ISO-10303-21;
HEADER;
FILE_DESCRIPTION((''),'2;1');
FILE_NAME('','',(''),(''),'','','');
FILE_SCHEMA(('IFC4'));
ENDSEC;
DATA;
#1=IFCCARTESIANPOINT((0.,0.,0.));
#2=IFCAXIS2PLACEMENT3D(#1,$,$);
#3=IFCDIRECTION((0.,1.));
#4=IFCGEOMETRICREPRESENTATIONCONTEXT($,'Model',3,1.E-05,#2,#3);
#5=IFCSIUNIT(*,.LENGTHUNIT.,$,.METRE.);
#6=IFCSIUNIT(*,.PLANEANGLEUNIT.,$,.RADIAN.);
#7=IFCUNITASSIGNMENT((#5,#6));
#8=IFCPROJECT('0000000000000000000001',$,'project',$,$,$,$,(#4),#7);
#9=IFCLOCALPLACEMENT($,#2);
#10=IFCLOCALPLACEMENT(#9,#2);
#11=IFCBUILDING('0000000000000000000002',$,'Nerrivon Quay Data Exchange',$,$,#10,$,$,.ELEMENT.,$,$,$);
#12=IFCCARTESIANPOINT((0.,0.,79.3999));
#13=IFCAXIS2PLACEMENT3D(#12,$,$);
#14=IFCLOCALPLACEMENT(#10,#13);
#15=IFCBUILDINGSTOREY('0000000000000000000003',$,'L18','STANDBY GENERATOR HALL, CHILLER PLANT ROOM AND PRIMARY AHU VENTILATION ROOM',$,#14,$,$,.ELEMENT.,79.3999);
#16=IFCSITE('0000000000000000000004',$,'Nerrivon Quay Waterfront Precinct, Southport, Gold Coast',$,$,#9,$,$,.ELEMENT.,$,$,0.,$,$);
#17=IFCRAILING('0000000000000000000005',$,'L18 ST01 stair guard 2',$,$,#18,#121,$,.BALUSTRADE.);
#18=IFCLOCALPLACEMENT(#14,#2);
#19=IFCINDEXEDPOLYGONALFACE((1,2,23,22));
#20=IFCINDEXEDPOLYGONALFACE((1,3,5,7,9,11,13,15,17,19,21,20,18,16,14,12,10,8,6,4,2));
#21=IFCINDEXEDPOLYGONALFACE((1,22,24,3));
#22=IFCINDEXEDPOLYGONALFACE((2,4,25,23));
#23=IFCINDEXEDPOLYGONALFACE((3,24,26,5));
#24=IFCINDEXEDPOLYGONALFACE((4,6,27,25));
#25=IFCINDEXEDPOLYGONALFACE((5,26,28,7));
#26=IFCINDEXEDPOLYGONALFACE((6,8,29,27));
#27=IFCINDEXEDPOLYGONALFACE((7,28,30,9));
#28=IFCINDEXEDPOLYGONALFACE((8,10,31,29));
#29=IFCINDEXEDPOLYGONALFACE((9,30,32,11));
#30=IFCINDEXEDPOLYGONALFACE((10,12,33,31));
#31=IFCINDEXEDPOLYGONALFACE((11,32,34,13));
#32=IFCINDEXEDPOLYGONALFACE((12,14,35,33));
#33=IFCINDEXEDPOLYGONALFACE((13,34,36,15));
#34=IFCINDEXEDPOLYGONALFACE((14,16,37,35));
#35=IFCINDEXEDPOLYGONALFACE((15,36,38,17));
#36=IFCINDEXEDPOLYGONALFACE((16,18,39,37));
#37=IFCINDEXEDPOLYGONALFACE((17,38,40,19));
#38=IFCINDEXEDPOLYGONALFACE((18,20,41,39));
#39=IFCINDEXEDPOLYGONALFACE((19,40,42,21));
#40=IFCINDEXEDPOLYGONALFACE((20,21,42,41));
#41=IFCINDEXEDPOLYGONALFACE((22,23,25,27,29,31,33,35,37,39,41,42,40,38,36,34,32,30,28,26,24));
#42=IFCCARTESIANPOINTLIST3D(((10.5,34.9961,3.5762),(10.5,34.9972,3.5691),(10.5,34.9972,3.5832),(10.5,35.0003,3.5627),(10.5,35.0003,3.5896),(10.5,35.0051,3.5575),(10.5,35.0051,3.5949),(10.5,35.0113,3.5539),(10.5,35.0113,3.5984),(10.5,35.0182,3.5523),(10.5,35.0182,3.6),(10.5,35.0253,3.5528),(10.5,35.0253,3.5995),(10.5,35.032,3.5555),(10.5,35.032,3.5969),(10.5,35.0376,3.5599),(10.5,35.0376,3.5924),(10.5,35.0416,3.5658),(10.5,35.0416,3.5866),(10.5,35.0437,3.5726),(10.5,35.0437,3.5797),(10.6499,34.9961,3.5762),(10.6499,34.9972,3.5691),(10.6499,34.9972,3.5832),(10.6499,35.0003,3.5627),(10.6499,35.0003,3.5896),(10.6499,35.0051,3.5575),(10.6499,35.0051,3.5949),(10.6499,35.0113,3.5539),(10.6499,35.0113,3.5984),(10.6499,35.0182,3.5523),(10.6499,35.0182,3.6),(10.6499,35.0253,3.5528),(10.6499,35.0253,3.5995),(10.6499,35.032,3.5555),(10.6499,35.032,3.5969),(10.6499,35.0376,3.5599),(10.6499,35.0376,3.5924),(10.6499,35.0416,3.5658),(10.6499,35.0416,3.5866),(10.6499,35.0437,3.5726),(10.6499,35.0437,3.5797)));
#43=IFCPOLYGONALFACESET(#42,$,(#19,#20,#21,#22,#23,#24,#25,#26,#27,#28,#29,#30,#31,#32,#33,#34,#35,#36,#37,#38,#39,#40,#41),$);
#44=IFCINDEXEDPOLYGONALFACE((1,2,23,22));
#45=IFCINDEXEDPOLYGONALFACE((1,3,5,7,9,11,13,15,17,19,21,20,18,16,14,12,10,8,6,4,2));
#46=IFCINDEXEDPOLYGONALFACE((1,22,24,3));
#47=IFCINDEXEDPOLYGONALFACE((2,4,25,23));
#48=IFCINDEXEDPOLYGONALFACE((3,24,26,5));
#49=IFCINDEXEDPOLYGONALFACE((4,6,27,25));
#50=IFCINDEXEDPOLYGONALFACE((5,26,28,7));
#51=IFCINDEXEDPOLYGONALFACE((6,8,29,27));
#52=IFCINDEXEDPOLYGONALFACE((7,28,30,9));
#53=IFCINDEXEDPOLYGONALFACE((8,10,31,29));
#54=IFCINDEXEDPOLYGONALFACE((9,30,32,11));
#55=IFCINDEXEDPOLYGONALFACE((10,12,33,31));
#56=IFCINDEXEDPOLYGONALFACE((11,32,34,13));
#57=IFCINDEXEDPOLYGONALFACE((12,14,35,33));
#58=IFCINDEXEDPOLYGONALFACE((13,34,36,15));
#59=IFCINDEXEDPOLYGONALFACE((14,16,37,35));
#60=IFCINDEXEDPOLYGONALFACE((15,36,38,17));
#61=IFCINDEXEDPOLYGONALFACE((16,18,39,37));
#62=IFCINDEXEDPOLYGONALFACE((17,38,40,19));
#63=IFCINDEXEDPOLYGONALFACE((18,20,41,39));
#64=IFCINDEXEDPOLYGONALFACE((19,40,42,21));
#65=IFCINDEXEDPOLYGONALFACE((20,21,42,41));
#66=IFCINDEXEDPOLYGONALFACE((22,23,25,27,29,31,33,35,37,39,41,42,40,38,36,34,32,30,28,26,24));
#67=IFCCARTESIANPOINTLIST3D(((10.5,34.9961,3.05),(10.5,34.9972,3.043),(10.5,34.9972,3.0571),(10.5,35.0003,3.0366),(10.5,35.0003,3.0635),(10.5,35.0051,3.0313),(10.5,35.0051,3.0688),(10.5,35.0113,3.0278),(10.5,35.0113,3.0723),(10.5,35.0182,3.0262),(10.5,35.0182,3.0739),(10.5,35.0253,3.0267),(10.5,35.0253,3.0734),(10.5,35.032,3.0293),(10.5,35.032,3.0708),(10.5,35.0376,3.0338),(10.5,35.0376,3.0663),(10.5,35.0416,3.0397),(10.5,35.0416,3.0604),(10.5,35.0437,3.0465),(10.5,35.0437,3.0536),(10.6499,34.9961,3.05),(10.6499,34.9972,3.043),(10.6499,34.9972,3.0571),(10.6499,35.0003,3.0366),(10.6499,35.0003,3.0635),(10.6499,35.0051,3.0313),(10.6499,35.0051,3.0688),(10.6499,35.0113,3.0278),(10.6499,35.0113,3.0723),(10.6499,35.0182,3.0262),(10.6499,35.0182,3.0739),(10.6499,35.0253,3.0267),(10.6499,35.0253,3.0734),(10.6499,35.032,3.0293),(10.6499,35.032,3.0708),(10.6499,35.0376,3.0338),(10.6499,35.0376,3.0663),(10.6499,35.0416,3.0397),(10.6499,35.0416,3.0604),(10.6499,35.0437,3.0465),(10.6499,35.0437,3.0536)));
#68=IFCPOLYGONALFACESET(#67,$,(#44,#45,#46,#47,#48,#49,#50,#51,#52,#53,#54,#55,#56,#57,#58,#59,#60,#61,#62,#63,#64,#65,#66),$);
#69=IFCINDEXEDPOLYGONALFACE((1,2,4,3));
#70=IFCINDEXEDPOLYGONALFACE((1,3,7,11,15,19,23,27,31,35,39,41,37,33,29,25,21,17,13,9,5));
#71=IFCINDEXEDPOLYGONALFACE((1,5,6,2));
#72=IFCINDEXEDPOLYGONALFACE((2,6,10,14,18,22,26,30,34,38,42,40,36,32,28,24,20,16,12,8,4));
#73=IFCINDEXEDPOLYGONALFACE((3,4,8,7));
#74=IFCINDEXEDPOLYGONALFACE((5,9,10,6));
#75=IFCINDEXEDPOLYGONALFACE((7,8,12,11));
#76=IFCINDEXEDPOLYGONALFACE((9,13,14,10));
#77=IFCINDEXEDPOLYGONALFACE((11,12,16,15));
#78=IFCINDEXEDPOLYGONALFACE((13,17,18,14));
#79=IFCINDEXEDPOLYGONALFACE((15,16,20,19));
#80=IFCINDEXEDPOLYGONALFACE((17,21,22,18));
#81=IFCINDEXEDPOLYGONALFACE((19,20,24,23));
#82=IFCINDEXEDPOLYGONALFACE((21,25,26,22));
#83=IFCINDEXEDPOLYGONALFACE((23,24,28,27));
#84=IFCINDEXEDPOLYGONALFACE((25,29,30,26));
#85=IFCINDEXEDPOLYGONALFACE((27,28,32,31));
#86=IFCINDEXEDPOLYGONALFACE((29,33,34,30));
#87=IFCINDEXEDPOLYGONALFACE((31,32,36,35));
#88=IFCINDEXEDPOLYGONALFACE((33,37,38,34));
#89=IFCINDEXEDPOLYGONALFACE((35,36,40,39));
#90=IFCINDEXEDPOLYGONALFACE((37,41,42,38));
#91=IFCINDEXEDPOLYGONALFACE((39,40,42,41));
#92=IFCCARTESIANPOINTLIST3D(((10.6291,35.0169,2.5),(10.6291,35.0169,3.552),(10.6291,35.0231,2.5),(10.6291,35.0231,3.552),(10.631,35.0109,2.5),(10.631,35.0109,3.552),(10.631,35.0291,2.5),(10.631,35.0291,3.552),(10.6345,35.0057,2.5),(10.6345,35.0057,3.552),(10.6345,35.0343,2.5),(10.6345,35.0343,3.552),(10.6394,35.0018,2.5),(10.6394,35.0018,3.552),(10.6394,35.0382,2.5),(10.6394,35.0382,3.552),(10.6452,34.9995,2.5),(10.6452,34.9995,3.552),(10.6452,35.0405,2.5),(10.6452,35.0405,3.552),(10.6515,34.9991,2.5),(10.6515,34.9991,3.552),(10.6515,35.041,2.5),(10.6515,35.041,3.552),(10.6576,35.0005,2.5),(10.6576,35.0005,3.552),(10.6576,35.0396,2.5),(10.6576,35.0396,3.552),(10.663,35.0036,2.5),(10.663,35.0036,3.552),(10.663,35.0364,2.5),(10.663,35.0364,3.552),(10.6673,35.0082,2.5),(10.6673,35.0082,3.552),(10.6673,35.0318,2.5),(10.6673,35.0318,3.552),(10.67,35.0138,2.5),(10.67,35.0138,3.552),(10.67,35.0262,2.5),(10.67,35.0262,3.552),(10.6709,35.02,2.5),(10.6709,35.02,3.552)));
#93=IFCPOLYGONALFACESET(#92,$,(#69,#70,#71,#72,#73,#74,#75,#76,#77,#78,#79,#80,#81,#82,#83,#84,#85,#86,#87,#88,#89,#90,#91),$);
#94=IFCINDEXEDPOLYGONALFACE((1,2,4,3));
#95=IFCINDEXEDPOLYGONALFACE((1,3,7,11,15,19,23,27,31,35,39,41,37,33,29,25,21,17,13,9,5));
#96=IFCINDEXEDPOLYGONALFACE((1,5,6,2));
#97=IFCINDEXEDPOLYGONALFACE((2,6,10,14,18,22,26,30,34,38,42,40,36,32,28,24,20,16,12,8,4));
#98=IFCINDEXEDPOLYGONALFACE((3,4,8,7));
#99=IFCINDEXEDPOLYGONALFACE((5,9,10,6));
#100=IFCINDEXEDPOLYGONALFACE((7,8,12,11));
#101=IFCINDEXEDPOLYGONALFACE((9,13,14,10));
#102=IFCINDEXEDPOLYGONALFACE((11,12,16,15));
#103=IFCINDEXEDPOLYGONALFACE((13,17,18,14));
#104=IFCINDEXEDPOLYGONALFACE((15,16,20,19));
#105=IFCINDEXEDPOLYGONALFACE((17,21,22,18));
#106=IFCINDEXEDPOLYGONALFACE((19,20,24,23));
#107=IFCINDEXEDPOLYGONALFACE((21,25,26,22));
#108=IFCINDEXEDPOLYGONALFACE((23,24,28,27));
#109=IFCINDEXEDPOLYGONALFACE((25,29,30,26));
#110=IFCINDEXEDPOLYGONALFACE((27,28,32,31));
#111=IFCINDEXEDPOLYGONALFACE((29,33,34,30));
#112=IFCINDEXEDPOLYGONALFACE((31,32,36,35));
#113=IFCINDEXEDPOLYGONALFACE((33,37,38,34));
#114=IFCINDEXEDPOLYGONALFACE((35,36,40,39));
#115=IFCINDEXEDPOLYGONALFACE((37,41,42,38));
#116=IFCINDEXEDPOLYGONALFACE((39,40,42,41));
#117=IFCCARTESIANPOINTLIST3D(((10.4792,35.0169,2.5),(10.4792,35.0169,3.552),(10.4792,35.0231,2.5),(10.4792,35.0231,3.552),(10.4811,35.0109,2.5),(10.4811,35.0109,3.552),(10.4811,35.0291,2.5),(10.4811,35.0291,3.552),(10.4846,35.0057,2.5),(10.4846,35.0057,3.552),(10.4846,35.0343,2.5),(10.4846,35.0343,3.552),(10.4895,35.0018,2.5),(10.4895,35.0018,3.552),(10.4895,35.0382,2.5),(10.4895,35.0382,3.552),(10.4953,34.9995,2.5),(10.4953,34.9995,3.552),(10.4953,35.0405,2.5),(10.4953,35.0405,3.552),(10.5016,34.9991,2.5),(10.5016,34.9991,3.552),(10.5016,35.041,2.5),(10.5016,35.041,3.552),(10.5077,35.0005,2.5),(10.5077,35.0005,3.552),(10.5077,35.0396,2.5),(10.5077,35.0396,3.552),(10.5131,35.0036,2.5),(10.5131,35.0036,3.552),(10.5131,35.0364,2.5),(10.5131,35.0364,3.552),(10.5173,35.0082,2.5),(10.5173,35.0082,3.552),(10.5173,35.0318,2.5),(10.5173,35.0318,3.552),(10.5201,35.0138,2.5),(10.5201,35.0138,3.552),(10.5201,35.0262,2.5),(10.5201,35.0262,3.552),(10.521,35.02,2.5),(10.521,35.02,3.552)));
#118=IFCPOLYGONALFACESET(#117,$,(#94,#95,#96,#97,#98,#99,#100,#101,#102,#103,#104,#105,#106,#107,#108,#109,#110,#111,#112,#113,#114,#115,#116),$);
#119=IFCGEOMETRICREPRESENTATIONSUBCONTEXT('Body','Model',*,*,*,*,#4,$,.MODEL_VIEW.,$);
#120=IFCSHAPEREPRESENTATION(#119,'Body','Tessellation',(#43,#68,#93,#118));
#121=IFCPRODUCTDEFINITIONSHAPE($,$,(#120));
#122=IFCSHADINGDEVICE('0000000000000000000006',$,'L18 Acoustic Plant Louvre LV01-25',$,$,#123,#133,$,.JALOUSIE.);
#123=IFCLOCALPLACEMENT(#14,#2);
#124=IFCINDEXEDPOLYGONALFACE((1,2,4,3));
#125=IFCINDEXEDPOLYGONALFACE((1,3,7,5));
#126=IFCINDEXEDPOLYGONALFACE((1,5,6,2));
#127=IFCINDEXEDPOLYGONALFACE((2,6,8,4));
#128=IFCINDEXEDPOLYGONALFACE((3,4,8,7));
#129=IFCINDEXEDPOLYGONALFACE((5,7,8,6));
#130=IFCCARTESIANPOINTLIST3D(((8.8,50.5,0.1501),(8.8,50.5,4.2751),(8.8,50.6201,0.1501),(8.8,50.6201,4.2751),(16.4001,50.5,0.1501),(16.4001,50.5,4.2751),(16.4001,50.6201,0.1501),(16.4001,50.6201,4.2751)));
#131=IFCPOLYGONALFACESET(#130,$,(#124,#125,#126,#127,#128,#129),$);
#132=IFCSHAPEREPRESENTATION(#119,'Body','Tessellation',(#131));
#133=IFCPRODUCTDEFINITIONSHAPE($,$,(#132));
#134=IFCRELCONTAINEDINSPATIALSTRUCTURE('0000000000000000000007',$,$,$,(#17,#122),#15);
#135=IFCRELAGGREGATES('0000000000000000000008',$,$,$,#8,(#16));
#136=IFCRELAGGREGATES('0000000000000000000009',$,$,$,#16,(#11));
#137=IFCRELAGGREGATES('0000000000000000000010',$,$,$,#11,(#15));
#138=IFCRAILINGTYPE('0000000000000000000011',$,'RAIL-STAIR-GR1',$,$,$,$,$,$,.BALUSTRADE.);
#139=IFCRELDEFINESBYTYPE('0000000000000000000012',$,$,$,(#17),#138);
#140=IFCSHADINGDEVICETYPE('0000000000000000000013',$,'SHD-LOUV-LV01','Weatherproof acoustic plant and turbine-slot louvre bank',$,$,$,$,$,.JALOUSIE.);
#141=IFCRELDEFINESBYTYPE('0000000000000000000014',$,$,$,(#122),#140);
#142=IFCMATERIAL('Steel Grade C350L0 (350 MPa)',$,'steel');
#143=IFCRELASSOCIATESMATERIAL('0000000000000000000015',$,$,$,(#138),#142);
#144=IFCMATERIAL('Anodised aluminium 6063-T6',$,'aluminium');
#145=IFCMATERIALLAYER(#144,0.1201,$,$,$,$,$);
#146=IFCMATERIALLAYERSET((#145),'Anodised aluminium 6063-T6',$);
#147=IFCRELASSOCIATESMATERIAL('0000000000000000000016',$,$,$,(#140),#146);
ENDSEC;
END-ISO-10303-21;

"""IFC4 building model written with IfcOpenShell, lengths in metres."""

from ifc_helpers import new_model, si_unit, direction, frame, origin, origin_2d, place, context, subcontext, project, spatial, rectangle, circle, extrude, material, layer, layer_set, type_object, element, save


model = new_model("IFC4")

# Units and contexts
model_context = context("Model", 3, precision=1e-05, world=origin(), true_north=direction((0.0, 1.0)))
body_context = subcontext(model_context, "Body", "Model", "MODEL_VIEW")
ifc_project = project(units=[si_unit("LENGTHUNIT", "METRE"), si_unit("PLANEANGLEUNIT", "RADIAN")], contexts=[model_context])

# Site, building, storey
site_placement = place(None, origin())
site = spatial("IfcSite", under=ifc_project, at=site_placement, Name="Nerrivon Quay Waterfront Precinct, Southport, Gold Coast", CompositionType="ELEMENT", RefElevation=0.0)
building_placement = place(site_placement, origin())
building = spatial("IfcBuilding", under=site, at=building_placement, Name="Nerrivon Quay Data Exchange", CompositionType="ELEMENT")
storey_placement = place(building_placement, frame((0.0, 0.0, 79.3999)))
storey = spatial("IfcBuildingStorey", under=building, at=storey_placement, Name="L18", Description="STANDBY GENERATOR HALL, CHILLER PLANT ROOM AND PRIMARY AHU VENTILATION ROOM", CompositionType="ELEMENT", Elevation=79.3999)

# Shared definitions
ifc_material_1 = material(Name="Steel Grade C350L0 (350 MPa)", Category="steel")

# Railing
railing_type_1 = type_object("IfcRailingType", Name="RAIL-STAIR-GR1", PredefinedType="BALUSTRADE", material=ifc_material_1)
railing_1_placement = place(storey_placement, frame((10.6499, 35.02, 2.5)))
element("IfcRailing", 1, at=railing_1_placement, inside=storey, type_object=railing_type_1, Name="L18 ST01 stair guard 2", PredefinedType="BALUSTRADE", context=body_context, shape_type="SweptSolid", body=[
    extrude(circle(Radius=0.0239, at=origin_2d()), frame((0.0, 0.0, 1.0762), z_axis=(-1.0, 0.0, 0.0), x_axis=(0.0, -1.0, 0.0)), (0.0, 0.0, 1.0), 0.1499),
    extrude(circle(Radius=0.0239, at=origin_2d()), frame((0.0, 0.0, 0.55), z_axis=(-1.0, 0.0, 0.0), x_axis=(0.0, -1.0, 0.0)), (0.0, 0.0, 1.0), 0.1499),
    extrude(circle(Radius=0.021, at=origin_2d()), origin(), (0.0, 0.0, 1.0), 1.052),
    extrude(circle(Radius=0.021, at=origin_2d()), frame((-0.1499, 0.0, 0.0)), (0.0, 0.0, 1.0), 1.052),
])

# Shading device
ifc_material_2 = material(Name="Anodised aluminium 6063-T6", Category="aluminium")
ifc_layer_1 = layer(ifc_material_2, 0.1201)
ifc_layer_set_1 = layer_set([ifc_layer_1], Name="Anodised aluminium 6063-T6")
shading_device_type = type_object("IfcShadingDeviceType", Name="SHD-LOUV-LV01", Description="Weatherproof acoustic plant and turbine-slot louvre bank", PredefinedType="JALOUSIE", material=ifc_layer_set_1)
shading_device_placement = place(storey_placement, frame((12.6001, 50.5601, 0.1501), z_axis=(0.0, 0.0, 1.0), x_axis=(1.0, 0.0, 0.0)))
element("IfcShadingDevice", 2, at=shading_device_placement, inside=storey, type_object=shading_device_type, Name="L18 Acoustic Plant Louvre LV01-25", PredefinedType="JALOUSIE", context=body_context, shape_type="SweptSolid", body=[
    extrude(rectangle(XDim=7.6001, YDim=0.1201, at=origin_2d()), origin(), (0.0, 0.0, 1.0), 4.125),
])

save(model, "model.ifc")
